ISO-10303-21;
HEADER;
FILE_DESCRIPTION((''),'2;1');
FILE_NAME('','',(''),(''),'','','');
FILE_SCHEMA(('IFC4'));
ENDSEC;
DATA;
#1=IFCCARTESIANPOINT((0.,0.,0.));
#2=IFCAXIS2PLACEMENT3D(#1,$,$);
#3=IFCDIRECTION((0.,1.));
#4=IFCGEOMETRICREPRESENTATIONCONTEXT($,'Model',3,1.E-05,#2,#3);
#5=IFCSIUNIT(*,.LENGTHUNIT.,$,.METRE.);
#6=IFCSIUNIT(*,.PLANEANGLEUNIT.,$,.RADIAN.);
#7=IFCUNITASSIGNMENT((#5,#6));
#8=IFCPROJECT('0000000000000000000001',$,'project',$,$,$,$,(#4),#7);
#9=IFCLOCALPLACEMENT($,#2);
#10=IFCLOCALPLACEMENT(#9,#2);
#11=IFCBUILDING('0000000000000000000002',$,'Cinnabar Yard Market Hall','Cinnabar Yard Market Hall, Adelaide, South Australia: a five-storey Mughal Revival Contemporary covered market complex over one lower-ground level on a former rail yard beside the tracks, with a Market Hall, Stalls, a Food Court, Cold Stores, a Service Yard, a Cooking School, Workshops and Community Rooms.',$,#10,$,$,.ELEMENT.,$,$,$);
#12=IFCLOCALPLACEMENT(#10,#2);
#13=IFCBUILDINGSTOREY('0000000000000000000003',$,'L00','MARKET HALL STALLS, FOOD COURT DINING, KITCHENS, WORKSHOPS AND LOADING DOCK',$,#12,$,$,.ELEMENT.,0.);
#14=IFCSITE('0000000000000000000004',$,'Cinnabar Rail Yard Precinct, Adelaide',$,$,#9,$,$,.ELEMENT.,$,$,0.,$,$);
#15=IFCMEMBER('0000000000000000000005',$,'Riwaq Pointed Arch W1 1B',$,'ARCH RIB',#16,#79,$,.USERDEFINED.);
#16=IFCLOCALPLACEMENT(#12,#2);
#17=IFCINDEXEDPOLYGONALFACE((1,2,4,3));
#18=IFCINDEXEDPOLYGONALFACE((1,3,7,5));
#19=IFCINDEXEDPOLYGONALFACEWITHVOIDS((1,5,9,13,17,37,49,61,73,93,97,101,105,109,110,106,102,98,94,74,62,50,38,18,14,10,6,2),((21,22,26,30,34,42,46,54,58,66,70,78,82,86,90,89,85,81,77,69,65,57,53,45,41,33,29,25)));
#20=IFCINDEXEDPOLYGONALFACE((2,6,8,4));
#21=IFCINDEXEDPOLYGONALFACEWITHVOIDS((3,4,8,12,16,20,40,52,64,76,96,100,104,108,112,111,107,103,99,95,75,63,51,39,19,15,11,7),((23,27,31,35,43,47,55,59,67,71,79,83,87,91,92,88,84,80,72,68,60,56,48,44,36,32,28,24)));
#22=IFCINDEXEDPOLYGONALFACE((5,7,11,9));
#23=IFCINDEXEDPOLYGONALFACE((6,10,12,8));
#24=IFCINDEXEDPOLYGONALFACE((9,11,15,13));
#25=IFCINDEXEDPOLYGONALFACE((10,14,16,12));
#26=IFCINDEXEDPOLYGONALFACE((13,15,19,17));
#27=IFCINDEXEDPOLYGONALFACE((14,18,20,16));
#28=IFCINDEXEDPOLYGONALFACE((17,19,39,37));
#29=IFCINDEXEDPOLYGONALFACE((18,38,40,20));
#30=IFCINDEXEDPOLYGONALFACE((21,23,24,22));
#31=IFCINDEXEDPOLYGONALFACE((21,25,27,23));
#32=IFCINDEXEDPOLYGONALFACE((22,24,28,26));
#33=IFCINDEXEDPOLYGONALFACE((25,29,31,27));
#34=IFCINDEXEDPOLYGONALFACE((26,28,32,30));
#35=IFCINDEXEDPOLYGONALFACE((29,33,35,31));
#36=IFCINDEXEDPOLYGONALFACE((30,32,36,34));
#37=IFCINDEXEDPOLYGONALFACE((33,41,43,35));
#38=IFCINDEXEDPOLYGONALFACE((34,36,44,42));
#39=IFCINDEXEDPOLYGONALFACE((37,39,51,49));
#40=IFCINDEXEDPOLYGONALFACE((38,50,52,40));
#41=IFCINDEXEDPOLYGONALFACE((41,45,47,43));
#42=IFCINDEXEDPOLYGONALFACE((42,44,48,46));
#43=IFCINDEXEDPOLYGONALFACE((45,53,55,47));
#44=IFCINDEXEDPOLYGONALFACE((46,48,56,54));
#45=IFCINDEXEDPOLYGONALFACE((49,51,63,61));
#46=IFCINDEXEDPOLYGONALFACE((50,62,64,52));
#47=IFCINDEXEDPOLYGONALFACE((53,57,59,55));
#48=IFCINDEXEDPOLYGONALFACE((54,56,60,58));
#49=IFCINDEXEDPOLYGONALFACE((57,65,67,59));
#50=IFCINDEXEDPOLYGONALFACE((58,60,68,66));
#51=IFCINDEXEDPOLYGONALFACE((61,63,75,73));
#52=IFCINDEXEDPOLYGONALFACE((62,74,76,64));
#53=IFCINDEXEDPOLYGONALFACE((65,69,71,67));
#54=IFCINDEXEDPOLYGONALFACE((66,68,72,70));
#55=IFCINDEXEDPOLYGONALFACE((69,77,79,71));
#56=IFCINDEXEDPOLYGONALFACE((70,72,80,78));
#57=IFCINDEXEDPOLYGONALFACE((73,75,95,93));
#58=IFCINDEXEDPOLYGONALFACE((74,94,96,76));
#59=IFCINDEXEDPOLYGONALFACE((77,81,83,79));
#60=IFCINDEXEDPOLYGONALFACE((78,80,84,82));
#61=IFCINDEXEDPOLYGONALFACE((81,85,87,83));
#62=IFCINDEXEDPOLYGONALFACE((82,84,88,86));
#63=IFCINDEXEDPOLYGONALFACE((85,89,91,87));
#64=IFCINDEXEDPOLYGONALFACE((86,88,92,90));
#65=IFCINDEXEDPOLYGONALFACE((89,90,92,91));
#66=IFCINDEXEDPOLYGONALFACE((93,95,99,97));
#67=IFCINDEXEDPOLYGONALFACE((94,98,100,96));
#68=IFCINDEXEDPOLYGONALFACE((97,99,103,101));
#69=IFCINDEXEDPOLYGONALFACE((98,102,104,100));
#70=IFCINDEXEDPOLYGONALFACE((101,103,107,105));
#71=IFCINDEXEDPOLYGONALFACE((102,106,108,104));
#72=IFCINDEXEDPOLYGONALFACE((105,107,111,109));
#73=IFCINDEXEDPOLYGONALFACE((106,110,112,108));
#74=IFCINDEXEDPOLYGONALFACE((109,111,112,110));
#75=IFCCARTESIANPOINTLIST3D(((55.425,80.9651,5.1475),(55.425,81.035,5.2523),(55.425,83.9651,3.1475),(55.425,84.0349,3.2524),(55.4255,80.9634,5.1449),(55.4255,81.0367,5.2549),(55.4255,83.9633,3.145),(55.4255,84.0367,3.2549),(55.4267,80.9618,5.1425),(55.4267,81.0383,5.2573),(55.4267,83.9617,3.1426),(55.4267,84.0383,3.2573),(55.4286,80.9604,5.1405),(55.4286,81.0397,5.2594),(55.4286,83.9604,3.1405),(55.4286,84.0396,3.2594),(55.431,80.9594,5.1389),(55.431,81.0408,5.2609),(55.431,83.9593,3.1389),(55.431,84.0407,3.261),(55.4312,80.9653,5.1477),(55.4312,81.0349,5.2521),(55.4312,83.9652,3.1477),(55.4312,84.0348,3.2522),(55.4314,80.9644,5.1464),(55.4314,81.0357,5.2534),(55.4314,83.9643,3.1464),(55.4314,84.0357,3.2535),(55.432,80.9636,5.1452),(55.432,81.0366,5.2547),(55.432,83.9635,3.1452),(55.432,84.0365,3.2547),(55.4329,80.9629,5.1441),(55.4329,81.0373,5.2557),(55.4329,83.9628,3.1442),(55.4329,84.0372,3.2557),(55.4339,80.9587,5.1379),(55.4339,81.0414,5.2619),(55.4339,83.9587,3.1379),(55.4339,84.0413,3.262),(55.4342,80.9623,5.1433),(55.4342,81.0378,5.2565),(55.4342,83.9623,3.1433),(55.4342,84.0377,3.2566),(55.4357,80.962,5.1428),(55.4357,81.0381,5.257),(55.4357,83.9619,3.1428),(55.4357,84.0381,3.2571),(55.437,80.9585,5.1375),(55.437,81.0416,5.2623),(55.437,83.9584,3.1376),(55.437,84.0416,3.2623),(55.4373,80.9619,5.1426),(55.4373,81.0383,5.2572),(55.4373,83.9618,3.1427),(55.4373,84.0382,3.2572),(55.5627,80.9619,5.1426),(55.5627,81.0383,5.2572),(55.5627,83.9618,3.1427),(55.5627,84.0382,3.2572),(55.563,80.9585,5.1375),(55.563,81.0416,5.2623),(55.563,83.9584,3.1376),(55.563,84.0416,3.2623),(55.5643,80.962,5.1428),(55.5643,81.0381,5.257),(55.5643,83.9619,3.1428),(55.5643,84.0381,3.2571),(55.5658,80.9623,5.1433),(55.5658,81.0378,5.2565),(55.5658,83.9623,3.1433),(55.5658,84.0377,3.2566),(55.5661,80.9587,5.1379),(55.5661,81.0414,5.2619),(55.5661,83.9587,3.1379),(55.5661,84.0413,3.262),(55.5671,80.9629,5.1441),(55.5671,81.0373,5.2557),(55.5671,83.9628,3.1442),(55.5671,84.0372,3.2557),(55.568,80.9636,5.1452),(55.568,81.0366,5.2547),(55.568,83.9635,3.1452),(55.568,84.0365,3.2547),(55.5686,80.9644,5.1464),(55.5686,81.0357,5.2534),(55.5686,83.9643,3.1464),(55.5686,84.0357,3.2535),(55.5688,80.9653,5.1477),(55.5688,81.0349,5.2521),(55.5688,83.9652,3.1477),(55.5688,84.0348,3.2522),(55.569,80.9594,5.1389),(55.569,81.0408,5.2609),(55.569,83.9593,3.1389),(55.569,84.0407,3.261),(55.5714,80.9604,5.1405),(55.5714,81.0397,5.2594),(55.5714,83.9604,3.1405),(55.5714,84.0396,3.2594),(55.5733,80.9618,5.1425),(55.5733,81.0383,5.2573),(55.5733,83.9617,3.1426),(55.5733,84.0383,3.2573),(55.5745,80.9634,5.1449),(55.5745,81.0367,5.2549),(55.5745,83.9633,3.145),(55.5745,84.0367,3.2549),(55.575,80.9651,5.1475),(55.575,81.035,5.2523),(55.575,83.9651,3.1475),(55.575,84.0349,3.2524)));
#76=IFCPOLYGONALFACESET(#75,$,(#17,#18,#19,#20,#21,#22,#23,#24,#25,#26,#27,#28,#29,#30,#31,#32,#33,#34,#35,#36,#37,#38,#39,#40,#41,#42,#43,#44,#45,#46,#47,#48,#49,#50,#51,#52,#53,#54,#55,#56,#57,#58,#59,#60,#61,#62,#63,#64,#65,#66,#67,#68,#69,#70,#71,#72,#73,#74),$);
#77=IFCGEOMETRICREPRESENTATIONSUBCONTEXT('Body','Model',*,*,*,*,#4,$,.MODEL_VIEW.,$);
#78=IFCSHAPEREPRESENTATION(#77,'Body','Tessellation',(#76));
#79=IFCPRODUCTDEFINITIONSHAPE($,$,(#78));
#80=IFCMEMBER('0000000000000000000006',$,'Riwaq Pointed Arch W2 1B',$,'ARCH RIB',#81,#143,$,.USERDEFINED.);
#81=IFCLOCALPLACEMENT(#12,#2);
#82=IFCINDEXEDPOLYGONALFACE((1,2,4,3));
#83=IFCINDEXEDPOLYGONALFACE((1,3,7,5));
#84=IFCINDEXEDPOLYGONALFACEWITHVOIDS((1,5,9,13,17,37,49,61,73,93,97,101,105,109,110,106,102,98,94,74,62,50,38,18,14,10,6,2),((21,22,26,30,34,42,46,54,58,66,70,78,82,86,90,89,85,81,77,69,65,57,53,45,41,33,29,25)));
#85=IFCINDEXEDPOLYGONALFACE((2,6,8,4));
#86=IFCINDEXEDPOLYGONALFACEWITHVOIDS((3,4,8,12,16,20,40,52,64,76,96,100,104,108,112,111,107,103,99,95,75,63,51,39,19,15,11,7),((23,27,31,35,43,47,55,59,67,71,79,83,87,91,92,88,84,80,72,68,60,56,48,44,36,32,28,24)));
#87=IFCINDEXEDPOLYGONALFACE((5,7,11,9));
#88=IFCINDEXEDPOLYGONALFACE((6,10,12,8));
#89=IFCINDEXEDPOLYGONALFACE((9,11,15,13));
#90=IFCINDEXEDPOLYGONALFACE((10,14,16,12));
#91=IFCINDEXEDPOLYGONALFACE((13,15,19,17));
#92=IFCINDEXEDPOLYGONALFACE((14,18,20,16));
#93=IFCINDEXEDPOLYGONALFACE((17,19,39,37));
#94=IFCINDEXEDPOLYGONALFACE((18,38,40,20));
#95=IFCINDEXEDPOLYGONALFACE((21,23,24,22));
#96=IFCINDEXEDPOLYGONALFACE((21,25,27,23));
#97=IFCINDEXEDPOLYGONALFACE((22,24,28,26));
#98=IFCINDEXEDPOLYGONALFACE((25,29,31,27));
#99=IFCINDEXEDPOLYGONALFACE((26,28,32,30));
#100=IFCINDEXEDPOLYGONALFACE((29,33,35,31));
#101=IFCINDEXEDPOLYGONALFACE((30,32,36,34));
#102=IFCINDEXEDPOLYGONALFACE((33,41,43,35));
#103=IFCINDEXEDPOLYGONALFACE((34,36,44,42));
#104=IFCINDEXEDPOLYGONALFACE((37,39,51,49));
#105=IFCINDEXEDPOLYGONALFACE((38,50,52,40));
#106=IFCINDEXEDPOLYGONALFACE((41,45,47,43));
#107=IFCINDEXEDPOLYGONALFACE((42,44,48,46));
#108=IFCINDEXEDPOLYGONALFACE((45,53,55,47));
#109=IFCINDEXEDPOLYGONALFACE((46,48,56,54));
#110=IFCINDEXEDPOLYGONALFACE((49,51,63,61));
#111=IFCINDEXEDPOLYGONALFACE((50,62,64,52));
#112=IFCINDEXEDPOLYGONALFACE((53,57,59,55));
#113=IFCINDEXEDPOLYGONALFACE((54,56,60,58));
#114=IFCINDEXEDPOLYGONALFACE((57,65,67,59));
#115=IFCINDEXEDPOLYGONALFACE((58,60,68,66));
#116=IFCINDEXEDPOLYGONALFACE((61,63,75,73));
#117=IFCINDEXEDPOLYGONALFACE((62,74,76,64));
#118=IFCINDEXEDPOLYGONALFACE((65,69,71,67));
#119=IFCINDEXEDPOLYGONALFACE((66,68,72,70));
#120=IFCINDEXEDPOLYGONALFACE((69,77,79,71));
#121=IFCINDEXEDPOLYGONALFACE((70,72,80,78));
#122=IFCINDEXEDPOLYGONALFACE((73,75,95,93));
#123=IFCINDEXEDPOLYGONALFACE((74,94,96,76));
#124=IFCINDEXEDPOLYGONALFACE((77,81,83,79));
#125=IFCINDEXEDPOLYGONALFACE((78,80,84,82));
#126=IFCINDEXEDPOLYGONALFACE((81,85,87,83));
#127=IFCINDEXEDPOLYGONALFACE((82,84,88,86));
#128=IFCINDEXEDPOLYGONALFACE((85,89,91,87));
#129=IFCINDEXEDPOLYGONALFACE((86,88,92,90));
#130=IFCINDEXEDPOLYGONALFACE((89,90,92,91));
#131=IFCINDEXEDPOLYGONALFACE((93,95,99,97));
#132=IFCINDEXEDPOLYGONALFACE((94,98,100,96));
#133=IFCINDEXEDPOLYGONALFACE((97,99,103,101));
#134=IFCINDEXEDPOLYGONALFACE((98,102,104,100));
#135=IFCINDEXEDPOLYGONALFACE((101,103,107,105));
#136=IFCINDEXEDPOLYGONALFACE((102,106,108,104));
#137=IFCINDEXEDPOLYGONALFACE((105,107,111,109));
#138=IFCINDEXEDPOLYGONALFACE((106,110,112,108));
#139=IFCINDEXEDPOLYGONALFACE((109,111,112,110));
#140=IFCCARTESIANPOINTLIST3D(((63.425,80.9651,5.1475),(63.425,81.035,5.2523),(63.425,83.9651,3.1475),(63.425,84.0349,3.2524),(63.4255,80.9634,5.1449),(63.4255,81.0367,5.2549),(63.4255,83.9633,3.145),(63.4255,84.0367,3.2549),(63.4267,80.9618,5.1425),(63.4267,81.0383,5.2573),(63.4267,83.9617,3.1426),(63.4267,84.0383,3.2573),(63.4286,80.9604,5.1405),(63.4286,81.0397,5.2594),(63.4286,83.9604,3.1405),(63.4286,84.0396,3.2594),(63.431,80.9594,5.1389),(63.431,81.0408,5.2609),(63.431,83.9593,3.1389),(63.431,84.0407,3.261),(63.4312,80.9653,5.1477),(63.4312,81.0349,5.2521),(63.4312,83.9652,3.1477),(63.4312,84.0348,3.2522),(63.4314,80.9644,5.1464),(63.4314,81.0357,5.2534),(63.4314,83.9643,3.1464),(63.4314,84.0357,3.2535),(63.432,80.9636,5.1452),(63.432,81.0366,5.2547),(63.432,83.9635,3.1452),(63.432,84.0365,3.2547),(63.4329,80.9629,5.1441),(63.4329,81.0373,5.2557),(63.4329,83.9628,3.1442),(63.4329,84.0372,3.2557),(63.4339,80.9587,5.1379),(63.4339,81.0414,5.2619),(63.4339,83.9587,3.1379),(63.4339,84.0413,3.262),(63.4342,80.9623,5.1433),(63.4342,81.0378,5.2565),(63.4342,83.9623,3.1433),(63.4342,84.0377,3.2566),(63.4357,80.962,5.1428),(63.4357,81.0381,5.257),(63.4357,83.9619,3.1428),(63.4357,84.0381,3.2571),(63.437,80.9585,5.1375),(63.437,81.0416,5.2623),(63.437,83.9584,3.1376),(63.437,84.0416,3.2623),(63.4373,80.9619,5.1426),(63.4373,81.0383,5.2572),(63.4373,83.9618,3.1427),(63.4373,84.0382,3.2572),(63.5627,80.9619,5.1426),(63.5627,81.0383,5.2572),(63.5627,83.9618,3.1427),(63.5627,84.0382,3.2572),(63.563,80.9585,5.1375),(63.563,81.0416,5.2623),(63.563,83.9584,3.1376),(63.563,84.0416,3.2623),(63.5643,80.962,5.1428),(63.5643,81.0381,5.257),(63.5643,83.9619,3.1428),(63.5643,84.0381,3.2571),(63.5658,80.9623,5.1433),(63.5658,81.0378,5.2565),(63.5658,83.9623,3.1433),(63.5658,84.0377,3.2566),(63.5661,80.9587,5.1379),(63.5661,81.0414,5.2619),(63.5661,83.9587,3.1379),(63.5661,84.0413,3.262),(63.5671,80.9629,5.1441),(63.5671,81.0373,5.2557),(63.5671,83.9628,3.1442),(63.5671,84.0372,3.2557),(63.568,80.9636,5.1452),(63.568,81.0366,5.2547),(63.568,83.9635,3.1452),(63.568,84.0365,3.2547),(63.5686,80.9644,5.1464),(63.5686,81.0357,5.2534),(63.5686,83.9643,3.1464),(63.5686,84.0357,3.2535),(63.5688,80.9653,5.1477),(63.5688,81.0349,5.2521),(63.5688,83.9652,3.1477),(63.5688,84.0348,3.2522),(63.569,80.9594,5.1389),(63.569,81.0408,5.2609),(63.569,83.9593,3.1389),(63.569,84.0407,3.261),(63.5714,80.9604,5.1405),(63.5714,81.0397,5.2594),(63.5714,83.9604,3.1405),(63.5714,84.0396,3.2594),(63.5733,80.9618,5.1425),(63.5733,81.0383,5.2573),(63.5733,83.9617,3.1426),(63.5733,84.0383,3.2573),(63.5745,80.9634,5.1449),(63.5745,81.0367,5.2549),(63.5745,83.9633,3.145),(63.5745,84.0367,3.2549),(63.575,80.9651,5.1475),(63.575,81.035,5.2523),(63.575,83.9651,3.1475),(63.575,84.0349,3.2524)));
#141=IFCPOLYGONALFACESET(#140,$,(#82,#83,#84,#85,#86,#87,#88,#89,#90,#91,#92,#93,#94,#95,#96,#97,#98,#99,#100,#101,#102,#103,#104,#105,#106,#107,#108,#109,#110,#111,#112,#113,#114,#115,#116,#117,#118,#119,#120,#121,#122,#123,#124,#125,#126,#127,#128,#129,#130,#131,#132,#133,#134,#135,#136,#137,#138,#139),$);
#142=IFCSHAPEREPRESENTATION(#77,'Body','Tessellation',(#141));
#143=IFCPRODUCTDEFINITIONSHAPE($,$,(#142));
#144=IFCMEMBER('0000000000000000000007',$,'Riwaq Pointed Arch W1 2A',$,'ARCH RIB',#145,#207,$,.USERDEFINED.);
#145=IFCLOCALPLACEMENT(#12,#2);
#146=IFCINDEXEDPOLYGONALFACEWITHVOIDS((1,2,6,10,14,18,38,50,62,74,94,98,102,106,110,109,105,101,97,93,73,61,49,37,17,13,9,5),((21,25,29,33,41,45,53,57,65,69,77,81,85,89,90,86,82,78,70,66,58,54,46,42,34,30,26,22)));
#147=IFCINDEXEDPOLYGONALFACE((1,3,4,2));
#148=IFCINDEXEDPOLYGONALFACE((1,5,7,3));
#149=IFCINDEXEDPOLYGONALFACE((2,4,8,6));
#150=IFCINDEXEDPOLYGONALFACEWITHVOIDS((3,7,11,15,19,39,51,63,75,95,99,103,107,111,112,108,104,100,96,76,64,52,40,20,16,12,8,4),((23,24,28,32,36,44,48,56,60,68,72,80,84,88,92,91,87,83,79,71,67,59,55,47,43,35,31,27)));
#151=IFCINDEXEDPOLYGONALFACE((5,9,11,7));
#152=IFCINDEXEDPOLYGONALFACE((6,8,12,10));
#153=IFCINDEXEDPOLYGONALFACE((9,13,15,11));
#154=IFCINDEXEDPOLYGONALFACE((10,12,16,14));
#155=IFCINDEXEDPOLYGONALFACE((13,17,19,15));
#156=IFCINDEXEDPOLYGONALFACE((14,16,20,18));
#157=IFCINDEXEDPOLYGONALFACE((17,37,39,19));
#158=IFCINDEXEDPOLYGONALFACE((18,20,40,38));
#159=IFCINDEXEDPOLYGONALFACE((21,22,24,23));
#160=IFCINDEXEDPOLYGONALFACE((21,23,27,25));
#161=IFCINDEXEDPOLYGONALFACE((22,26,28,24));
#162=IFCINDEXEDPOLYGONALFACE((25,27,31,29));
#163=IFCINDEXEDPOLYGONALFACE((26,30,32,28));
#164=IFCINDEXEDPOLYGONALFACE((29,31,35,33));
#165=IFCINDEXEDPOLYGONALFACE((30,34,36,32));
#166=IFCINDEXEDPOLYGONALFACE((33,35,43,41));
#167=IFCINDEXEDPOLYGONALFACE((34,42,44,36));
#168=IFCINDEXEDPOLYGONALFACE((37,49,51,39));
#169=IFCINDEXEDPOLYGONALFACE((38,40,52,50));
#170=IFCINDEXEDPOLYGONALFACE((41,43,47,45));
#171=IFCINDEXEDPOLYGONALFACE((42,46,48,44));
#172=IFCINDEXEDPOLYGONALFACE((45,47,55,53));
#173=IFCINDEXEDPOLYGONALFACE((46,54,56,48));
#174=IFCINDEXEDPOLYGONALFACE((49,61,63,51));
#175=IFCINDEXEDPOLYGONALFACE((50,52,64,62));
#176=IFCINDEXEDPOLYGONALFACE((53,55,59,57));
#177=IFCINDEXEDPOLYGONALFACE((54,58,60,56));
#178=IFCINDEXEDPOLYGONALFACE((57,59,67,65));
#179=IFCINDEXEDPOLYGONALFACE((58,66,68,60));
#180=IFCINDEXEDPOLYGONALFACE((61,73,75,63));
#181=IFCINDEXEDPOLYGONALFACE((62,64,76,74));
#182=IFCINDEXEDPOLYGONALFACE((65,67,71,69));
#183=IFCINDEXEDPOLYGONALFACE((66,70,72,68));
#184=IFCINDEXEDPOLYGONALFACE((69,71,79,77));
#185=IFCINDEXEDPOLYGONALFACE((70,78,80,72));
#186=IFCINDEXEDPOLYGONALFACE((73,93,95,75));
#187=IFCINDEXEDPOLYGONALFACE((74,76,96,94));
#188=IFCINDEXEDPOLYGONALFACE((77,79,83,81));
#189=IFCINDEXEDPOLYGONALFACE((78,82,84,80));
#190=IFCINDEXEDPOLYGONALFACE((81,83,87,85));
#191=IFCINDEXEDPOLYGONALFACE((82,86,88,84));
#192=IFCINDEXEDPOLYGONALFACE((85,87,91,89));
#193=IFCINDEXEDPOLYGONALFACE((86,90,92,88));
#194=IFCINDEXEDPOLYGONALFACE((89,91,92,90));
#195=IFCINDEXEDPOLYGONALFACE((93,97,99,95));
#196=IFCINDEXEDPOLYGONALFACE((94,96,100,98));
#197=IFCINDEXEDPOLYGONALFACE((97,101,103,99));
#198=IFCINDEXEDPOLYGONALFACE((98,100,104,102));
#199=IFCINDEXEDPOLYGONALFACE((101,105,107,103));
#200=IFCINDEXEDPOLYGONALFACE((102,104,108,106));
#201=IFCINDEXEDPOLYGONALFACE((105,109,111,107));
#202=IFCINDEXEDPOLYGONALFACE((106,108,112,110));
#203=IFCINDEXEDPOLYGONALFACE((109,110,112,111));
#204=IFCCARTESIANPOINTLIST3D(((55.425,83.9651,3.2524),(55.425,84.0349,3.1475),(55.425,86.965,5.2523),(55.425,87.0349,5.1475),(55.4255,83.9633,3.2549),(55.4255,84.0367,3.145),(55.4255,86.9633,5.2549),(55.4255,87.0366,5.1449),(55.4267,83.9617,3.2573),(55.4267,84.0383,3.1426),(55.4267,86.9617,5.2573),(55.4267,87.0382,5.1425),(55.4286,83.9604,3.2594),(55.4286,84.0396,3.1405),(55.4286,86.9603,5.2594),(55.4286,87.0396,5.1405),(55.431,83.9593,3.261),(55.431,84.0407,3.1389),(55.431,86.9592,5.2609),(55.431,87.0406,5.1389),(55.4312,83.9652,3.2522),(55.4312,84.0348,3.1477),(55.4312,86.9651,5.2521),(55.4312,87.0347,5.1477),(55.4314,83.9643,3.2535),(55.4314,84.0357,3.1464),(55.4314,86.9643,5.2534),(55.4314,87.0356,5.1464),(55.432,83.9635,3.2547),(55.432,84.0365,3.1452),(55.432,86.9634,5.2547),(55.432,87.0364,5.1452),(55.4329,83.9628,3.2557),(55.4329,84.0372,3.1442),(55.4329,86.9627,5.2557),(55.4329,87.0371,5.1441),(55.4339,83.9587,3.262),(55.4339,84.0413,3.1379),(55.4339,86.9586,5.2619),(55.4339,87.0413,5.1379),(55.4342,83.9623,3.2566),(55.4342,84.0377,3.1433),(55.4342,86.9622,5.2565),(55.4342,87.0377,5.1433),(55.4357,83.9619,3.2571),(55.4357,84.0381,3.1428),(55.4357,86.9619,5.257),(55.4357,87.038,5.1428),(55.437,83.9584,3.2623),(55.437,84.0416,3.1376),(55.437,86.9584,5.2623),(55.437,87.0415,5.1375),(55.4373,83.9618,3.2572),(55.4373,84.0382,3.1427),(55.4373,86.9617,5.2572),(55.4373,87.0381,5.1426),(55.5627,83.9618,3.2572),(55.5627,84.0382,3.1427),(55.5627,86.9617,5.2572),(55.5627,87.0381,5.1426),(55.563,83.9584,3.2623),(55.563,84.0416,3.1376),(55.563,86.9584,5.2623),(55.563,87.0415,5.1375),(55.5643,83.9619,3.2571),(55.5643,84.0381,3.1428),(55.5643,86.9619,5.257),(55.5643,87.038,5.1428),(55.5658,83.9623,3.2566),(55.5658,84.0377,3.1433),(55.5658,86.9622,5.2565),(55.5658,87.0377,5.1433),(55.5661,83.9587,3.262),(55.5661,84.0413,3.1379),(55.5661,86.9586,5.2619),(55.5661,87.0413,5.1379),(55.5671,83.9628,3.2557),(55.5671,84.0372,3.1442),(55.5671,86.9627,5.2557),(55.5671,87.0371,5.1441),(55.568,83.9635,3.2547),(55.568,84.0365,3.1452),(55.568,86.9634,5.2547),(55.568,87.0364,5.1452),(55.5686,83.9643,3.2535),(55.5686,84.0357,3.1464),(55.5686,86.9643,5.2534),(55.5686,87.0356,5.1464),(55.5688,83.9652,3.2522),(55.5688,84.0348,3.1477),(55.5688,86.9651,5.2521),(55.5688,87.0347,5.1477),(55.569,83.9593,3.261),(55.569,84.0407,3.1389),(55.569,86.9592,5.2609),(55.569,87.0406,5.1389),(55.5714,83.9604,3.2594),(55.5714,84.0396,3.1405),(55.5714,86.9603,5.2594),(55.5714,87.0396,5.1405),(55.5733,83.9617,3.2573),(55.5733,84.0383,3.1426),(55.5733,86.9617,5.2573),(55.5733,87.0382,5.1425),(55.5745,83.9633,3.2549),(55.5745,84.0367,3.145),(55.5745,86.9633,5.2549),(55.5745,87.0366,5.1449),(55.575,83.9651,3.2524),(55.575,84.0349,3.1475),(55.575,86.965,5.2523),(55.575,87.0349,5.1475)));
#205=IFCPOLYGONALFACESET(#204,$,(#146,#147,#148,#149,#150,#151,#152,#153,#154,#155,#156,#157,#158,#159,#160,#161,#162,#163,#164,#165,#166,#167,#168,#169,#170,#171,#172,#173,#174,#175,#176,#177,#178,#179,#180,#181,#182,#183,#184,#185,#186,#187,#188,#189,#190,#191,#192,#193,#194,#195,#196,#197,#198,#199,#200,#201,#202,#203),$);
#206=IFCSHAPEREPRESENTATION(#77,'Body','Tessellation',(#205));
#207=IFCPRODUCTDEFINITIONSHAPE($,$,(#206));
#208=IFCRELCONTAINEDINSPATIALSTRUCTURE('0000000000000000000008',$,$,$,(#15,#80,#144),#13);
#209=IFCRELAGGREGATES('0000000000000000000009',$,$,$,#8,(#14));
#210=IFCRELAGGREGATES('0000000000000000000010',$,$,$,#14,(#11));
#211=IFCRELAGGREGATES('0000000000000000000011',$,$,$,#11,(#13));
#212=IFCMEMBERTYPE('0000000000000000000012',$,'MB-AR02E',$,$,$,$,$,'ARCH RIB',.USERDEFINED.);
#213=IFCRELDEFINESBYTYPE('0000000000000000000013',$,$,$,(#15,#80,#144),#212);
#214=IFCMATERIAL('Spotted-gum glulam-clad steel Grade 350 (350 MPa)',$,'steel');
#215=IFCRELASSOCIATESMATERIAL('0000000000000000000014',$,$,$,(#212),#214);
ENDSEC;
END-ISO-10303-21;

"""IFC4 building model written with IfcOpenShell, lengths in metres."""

from ifc_helpers import new_model, si_unit, direction, frame, origin, origin_2d_with_axis, place, context, subcontext, project, spatial, hollow_rectangle, extrude, material, material_profile, profile_set, type_object, element, save


model = new_model("IFC4")

# Units and contexts
model_context = context("Model", 3, precision=1e-05, world=origin(), true_north=direction((0.0, 1.0)))
body_context = subcontext(model_context, "Body", "Model", "MODEL_VIEW")
ifc_project = project(units=[si_unit("LENGTHUNIT", "METRE"), si_unit("PLANEANGLEUNIT", "RADIAN")], contexts=[model_context])

# Site, building, storey
site_placement = place(None, origin())
site = spatial("IfcSite", under=ifc_project, at=site_placement, Name="Cinnabar Rail Yard Precinct, Adelaide", CompositionType="ELEMENT", RefElevation=0.0)
building_placement = place(site_placement, origin())
building = spatial("IfcBuilding", under=site, at=building_placement, Name="Cinnabar Yard Market Hall", Description="Cinnabar Yard Market Hall, Adelaide, South Australia: a five-storey Mughal Revival Contemporary covered market complex over one lower-ground level on a former rail yard beside the tracks, with a Market Hall, Stalls, a Food Court, Cold Stores, a Service Yard, a Cooking School, Workshops and Community Rooms.", CompositionType="ELEMENT")
storey_placement = place(building_placement, origin())
storey = spatial("IfcBuildingStorey", under=building, at=storey_placement, Name="L00", Description="MARKET HALL STALLS, FOOD COURT DINING, KITCHENS, WORKSHOPS AND LOADING DOCK", CompositionType="ELEMENT", Elevation=0.0)

# Shared definitions
ifc_material_1 = material(Name="Spotted-gum glulam-clad steel Grade 350 (350 MPa)", Category="steel")

# Members
ifc_material_profile_1 = material_profile(ifc_material_1, hollow_rectangle(XDim=0.1499, YDim=0.1499, WallThickness=0.0061, InnerFilletRadius=0.0061, OuterFilletRadius=0.012, at=origin_2d_with_axis()), Name="150x150x6.0SHS")
ifc_profile_set_1 = profile_set([ifc_material_profile_1], Name="Spotted-gum glulam-clad steel Grade 350 (350 MPa)")
member_type_1 = type_object("IfcMemberType", Name="MB-AR02E", ElementType="ARCH RIB", PredefinedType="USERDEFINED", material=ifc_profile_set_1)
for number, where, z_axis, x_axis, name in (
    (1, (55.5, 84.0, 3.2), (0.0, -0.83205, 0.5547), (1.0, 0.0, 0.0), "Riwaq Pointed Arch W1 1B"),
    (2, (63.5, 84.0, 3.2), (0.0, -0.83205, 0.5547), (1.0, 0.0, 0.0), "Riwaq Pointed Arch W2 1B"),
    (3, (55.5, 84.0, 3.2), (0.0, 0.83205, 0.5547), (-1.0, 0.0, 0.0), "Riwaq Pointed Arch W1 2A"),
):
    element("IfcMember", number, at=place(storey_placement, frame(where, z_axis=z_axis, x_axis=x_axis)), inside=storey, type_object=member_type_1, Name=name, ObjectType="ARCH RIB", PredefinedType="USERDEFINED", context=body_context, shape_type="SweptSolid", body=[
        extrude(hollow_rectangle(XDim=0.1499, YDim=0.1499, WallThickness=0.0061, InnerFilletRadius=0.0061, OuterFilletRadius=0.012, at=origin_2d_with_axis()), origin(), (0.0, 0.0, 1.0), 3.6055),
    ])

save(model, "model.ifc")
